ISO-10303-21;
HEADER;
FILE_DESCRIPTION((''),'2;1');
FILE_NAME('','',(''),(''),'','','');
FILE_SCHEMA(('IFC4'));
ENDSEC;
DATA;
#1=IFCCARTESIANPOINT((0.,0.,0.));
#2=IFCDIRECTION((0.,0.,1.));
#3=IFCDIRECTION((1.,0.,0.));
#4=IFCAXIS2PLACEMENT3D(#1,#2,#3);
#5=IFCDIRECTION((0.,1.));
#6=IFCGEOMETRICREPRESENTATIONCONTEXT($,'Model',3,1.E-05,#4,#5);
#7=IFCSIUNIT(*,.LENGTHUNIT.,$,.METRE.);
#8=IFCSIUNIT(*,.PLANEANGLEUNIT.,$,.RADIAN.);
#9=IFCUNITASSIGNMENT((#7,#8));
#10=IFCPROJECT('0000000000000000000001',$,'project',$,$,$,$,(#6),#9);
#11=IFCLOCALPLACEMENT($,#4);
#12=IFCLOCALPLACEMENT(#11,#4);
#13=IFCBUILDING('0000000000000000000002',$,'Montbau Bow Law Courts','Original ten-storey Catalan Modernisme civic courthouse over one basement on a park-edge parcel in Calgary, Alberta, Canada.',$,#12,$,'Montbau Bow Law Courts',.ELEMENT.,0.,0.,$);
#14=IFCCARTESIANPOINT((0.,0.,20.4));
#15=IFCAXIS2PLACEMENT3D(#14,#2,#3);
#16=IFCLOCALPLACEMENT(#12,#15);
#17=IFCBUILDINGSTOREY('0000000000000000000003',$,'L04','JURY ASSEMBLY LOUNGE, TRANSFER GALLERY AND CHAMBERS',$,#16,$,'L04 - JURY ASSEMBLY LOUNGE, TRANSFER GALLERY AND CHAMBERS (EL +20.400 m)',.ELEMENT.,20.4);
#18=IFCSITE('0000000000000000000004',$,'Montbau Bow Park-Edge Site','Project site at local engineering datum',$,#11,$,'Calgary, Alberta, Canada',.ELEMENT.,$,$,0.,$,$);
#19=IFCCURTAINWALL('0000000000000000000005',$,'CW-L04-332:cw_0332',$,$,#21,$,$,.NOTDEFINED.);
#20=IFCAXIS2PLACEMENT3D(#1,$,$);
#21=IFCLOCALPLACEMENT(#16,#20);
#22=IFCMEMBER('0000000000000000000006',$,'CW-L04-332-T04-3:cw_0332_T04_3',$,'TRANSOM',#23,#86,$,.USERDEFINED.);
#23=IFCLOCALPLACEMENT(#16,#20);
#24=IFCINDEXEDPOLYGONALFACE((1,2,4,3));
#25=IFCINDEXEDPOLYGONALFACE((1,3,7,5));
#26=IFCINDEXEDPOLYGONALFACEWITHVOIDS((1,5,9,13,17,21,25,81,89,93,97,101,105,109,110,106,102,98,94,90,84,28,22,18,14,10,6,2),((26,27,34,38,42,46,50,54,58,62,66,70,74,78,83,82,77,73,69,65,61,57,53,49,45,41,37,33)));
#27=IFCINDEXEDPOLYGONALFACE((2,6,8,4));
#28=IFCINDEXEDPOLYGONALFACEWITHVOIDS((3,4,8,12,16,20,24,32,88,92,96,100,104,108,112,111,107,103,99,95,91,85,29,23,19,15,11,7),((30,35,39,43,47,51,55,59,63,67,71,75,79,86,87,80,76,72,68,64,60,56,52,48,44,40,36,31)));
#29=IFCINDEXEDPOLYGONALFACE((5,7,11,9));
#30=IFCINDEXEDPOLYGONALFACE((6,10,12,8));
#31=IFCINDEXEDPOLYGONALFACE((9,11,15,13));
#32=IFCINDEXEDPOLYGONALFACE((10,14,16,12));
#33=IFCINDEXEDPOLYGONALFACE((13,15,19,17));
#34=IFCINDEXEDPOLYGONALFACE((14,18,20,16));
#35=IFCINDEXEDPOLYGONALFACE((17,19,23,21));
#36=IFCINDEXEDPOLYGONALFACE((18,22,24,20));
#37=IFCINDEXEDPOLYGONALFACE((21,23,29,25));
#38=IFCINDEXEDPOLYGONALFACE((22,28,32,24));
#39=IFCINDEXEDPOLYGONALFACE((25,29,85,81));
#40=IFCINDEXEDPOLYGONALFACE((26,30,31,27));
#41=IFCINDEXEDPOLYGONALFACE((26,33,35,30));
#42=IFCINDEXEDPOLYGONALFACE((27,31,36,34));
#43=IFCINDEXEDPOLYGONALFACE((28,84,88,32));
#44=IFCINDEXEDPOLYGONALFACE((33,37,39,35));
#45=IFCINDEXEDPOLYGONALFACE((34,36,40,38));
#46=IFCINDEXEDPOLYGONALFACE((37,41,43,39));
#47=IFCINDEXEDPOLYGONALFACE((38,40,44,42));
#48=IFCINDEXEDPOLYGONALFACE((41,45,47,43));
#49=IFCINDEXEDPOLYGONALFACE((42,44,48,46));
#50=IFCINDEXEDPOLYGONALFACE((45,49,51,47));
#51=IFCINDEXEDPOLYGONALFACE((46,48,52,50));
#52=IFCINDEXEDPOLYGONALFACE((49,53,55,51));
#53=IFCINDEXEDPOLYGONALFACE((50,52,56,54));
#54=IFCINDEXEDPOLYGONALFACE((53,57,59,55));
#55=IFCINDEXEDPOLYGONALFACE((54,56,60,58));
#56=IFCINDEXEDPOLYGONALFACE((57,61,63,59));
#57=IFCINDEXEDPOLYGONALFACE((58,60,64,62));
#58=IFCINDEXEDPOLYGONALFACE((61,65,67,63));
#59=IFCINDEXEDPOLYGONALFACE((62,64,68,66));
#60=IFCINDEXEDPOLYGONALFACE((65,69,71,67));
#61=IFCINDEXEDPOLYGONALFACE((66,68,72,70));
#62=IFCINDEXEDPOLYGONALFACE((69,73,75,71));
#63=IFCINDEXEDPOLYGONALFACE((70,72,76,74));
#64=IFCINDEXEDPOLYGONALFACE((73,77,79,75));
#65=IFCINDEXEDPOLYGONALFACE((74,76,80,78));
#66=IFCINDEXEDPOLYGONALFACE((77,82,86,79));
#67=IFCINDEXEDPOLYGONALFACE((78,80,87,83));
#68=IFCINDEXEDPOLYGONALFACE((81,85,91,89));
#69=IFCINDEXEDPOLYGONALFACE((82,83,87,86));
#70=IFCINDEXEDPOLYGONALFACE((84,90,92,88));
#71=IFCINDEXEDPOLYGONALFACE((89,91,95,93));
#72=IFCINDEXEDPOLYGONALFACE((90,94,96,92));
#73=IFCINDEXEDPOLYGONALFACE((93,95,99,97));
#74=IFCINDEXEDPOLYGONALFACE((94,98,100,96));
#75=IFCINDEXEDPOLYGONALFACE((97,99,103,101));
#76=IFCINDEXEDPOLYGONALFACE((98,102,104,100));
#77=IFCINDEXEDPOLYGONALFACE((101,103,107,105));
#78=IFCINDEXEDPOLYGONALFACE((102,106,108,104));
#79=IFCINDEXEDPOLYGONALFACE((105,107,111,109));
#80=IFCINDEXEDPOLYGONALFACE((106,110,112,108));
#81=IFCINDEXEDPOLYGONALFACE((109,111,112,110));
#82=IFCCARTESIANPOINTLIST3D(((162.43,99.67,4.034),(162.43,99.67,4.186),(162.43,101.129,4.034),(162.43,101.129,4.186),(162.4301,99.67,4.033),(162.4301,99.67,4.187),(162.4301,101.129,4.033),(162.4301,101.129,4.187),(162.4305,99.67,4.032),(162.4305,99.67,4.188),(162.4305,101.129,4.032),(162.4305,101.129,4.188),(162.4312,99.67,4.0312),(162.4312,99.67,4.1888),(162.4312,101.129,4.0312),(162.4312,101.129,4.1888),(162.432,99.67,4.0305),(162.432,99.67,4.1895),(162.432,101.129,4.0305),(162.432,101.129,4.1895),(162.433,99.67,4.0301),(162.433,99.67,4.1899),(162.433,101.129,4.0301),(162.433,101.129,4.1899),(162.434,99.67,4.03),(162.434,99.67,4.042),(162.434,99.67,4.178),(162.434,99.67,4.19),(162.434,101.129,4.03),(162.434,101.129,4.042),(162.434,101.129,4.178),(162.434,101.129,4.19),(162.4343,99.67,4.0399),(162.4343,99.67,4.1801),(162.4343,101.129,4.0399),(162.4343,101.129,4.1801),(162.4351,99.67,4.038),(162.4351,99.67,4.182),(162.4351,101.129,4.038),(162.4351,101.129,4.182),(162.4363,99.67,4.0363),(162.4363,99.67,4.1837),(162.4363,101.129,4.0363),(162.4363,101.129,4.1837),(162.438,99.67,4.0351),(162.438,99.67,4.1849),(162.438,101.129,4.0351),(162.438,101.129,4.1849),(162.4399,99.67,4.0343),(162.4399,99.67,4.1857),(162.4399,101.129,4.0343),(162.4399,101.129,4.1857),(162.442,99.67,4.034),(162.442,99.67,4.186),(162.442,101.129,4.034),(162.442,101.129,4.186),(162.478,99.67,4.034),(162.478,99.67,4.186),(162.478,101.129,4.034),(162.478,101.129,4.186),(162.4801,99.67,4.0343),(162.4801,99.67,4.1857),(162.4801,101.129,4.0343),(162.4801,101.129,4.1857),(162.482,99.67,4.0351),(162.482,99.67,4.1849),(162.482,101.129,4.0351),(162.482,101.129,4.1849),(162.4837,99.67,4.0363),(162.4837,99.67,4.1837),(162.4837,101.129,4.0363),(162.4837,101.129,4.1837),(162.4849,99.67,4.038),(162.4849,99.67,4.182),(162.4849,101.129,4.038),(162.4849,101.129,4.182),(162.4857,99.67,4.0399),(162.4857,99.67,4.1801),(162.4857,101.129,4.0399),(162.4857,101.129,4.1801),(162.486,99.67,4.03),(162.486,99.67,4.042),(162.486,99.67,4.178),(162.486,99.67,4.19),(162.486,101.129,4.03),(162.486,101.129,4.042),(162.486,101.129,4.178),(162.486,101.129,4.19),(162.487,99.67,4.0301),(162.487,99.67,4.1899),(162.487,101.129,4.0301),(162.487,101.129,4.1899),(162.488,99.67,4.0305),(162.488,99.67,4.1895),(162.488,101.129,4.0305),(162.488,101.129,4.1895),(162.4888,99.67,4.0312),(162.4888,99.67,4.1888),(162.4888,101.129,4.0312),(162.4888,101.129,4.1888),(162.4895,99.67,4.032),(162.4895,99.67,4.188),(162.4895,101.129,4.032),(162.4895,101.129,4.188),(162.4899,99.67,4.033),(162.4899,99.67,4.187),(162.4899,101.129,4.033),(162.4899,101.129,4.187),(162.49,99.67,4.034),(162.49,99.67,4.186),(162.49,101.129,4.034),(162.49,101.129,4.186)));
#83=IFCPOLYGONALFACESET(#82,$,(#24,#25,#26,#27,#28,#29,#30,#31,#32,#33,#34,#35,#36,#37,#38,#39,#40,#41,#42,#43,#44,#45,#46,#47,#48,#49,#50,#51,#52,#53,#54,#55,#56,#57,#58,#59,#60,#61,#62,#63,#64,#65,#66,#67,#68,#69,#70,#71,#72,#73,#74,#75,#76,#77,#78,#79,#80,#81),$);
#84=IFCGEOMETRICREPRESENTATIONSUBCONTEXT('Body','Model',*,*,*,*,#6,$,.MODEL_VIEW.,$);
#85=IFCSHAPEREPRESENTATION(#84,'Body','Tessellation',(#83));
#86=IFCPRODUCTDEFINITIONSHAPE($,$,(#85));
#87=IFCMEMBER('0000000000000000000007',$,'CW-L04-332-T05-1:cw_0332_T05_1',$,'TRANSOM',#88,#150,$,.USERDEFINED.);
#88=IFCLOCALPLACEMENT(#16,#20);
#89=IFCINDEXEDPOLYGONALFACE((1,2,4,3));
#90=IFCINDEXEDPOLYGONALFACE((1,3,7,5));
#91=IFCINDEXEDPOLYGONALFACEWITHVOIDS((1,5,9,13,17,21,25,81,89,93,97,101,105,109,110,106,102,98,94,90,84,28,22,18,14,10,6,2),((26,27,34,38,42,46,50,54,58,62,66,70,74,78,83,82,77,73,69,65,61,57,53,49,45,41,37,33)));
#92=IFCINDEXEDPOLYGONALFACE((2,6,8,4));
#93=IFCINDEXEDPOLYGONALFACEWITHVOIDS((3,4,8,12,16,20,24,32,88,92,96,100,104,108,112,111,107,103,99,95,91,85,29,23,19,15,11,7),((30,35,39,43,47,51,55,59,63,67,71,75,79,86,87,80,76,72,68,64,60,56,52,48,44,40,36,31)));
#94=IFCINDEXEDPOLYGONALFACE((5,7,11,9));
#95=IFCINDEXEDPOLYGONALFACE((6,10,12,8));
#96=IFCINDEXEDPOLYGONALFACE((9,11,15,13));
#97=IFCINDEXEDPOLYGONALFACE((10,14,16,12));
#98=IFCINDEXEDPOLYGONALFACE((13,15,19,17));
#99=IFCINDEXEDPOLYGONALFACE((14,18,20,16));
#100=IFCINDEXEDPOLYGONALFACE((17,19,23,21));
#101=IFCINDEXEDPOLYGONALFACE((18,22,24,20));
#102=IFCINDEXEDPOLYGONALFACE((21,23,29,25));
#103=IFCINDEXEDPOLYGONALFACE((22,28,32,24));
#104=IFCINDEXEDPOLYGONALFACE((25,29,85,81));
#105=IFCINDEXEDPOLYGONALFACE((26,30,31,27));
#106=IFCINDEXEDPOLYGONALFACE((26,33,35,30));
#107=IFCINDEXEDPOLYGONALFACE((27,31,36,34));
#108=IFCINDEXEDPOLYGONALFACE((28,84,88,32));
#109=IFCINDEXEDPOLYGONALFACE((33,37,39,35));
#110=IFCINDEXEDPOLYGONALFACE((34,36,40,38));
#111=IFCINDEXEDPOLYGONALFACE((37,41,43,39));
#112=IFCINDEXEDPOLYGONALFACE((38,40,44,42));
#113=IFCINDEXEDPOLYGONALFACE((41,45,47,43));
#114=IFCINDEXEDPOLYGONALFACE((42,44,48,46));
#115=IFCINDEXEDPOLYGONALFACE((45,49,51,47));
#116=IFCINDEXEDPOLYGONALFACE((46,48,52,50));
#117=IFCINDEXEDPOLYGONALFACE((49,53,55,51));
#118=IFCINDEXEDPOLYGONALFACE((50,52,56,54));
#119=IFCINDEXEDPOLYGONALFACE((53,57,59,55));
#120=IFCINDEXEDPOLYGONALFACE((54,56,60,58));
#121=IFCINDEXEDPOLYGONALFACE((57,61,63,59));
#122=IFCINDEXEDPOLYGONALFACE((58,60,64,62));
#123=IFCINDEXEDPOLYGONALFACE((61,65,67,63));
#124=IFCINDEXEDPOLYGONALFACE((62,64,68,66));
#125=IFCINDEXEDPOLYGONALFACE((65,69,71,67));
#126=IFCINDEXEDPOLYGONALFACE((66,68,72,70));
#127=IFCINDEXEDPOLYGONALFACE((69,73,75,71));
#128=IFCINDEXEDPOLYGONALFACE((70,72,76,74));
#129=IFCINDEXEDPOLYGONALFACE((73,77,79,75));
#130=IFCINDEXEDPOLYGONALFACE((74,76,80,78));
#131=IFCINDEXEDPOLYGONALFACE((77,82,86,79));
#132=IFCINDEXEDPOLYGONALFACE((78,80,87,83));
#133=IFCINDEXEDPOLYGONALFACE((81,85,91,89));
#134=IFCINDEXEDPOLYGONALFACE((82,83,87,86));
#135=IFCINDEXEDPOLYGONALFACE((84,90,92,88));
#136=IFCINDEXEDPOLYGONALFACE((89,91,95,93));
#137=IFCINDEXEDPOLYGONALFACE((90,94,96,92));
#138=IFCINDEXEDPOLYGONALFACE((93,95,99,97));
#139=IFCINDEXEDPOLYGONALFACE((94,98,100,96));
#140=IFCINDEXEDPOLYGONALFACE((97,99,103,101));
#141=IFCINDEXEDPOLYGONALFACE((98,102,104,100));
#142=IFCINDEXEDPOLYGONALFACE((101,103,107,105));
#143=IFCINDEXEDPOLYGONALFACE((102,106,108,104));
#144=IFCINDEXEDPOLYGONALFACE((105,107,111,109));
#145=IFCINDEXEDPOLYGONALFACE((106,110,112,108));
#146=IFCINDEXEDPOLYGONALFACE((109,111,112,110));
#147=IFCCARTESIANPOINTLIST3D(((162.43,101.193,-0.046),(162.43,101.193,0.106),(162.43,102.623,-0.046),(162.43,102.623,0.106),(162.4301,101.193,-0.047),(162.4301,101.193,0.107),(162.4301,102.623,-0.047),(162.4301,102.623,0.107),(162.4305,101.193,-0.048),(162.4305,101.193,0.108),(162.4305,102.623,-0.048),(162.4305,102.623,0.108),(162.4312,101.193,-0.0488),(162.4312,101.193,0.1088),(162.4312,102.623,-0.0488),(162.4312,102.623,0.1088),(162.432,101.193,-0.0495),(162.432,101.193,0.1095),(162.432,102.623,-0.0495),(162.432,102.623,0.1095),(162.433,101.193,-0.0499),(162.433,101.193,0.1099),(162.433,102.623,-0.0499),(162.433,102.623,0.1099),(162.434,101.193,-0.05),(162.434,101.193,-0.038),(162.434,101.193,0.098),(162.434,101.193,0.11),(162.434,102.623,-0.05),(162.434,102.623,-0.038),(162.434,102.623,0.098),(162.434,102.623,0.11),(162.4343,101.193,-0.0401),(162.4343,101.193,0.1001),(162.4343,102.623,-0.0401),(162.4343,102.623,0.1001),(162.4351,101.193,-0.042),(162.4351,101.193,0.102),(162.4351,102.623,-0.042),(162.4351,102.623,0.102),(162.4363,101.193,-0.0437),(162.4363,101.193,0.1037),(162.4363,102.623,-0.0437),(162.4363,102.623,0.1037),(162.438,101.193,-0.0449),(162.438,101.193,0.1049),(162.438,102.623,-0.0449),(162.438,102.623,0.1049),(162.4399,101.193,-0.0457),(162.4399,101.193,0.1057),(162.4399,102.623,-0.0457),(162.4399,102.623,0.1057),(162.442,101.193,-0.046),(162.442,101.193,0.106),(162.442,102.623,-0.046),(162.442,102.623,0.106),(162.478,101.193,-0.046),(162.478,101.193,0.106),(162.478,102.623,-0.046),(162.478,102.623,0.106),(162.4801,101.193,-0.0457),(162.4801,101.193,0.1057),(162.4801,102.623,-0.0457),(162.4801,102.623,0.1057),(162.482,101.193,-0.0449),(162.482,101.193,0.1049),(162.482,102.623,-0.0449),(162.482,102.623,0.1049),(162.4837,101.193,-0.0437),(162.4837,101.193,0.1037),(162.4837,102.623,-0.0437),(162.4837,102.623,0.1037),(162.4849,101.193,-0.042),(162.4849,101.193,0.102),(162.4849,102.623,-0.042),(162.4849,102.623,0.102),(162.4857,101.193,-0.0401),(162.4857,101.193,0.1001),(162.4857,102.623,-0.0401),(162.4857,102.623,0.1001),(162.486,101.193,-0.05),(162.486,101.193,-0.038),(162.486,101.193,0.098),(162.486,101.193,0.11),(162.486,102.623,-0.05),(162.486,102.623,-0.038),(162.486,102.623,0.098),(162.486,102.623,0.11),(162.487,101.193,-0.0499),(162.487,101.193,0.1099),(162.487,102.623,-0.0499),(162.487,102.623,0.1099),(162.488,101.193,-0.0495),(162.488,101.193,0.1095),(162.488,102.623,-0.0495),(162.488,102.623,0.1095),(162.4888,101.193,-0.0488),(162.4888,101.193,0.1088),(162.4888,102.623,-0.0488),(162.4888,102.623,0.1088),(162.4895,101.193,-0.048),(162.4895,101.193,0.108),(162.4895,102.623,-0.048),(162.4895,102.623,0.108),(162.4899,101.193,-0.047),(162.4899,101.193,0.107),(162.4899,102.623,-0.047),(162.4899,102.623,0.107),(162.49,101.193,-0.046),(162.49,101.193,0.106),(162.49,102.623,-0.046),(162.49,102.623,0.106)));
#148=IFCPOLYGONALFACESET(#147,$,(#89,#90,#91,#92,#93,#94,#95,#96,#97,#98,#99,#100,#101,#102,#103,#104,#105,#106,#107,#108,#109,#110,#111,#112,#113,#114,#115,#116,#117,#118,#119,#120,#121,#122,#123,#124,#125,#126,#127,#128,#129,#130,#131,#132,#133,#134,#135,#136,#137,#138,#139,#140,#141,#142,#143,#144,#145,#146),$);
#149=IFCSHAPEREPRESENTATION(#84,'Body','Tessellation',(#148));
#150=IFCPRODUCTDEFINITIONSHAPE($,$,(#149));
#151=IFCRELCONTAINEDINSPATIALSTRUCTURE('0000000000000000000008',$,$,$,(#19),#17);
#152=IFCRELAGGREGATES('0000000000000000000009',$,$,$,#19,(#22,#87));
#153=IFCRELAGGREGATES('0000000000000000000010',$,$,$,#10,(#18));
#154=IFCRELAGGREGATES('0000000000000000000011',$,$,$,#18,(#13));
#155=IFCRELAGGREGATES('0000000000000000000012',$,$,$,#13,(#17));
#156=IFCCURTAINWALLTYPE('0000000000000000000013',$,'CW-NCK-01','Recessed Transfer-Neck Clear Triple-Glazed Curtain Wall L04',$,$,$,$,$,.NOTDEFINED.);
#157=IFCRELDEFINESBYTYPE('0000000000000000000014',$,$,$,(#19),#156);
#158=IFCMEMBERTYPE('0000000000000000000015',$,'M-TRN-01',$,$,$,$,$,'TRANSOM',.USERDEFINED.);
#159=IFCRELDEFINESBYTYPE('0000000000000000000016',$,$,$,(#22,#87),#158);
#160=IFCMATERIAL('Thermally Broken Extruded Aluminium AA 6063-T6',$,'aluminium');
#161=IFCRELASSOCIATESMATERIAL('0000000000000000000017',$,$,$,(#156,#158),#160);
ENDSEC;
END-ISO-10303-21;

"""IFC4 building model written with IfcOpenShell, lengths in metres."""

from ifc_helpers import new_model, si_unit, direction, frame, origin_with_axes, origin_2d_with_axis, place, context, subcontext, project, spatial, hollow_rectangle, extrude, material, material_profile, profile_set, type_object, element, aggregate, save


model = new_model("IFC4")

# Units and contexts
model_context = context("Model", 3, precision=1e-05, world=origin_with_axes(), true_north=direction((0.0, 1.0)))
body_context = subcontext(model_context, "Body", "Model", "MODEL_VIEW")
ifc_project = project(units=[si_unit("LENGTHUNIT", "METRE"), si_unit("PLANEANGLEUNIT", "RADIAN")], contexts=[model_context])

# Site, building, storey
site_placement = place(None, origin_with_axes())
site = spatial("IfcSite", under=ifc_project, at=site_placement, Name="Montbau Bow Park-Edge Site", Description="Project site at local engineering datum", LongName="Calgary, Alberta, Canada", CompositionType="ELEMENT", RefElevation=0.0)
building_placement = place(site_placement, origin_with_axes())
building = spatial("IfcBuilding", under=site, at=building_placement, Name="Montbau Bow Law Courts", Description="Original ten-storey Catalan Modernisme civic courthouse over one basement on a park-edge parcel in Calgary, Alberta, Canada.", LongName="Montbau Bow Law Courts", CompositionType="ELEMENT", ElevationOfRefHeight=0.0, ElevationOfTerrain=0.0)
storey_placement = place(building_placement, frame((0.0, 0.0, 20.4), z_axis=(0.0, 0.0, 1.0), x_axis=(1.0, 0.0, 0.0)))
storey = spatial("IfcBuildingStorey", under=building, at=storey_placement, Name="L04", Description="JURY ASSEMBLY LOUNGE, TRANSFER GALLERY AND CHAMBERS", LongName="L04 - JURY ASSEMBLY LOUNGE, TRANSFER GALLERY AND CHAMBERS (EL +20.400 m)", CompositionType="ELEMENT", Elevation=20.4)

# Curtain wall, members
ifc_material_1 = material(Name="Thermally Broken Extruded Aluminium AA 6063-T6", Category="aluminium")
curtain_wall_type = type_object("IfcCurtainWallType", Name="CW-NCK-01", Description="Recessed Transfer-Neck Clear Triple-Glazed Curtain Wall L04", PredefinedType="NOTDEFINED", material=ifc_material_1)
curtain_wall_placement = place(None, frame((162.46, 95.067, 20.4), z_axis=(0.0, 0.0, 1.0), x_axis=(1.0, 0.0, 0.0)))
curtain_wall = element("IfcCurtainWall", 1, at=curtain_wall_placement, inside=storey, type_object=curtain_wall_type, Name="CW-L04-332:cw_0332", PredefinedType="NOTDEFINED")
ifc_material_profile_1 = material_profile(ifc_material_1, hollow_rectangle(XDim=0.06, YDim=0.16, WallThickness=0.004, InnerFilletRadius=0.008, OuterFilletRadius=0.004, at=origin_2d_with_axis()), Name="CWT-160X60", Category="Main", Priority=0)
ifc_profile_set_1 = profile_set([ifc_material_profile_1], Name="Thermally Broken Extruded Aluminium AA 6063-T6")
member_type_1 = type_object("IfcMemberType", Name="M-TRN-01", ElementType="TRANSOM", PredefinedType="USERDEFINED", material=ifc_profile_set_1)
member_1_placement = place(None, frame((162.46, 99.67, 24.51), z_axis=(0.0, 1.0, 0.0), x_axis=(-1.0, 0.0, 0.0)))
member_1 = element("IfcMember", 2, at=member_1_placement, type_object=member_type_1, Name="CW-L04-332-T04-3:cw_0332_T04_3", ObjectType="TRANSOM", PredefinedType="USERDEFINED", context=body_context, shape_type="SweptSolid", body=[
    extrude(hollow_rectangle(XDim=0.06, YDim=0.16, WallThickness=0.004, InnerFilletRadius=0.008, OuterFilletRadius=0.004, at=origin_2d_with_axis()), origin_with_axes(), (0.0, 0.0, 1.0), 1.459),
])
member_2_placement = place(None, frame((162.46, 101.193, 20.43), z_axis=(0.0, 1.0, 0.0), x_axis=(-1.0, 0.0, 0.0)))
member_2 = element("IfcMember", 3, at=member_2_placement, type_object=member_type_1, Name="CW-L04-332-T05-1:cw_0332_T05_1", ObjectType="TRANSOM", PredefinedType="USERDEFINED", context=body_context, shape_type="SweptSolid", body=[
    extrude(hollow_rectangle(XDim=0.06, YDim=0.16, WallThickness=0.004, InnerFilletRadius=0.008, OuterFilletRadius=0.004, at=origin_2d_with_axis()), origin_with_axes(), (0.0, 0.0, 1.0), 1.43),
])
aggregate(curtain_wall, [member_1, member_2])

save(model, "model.ifc")
